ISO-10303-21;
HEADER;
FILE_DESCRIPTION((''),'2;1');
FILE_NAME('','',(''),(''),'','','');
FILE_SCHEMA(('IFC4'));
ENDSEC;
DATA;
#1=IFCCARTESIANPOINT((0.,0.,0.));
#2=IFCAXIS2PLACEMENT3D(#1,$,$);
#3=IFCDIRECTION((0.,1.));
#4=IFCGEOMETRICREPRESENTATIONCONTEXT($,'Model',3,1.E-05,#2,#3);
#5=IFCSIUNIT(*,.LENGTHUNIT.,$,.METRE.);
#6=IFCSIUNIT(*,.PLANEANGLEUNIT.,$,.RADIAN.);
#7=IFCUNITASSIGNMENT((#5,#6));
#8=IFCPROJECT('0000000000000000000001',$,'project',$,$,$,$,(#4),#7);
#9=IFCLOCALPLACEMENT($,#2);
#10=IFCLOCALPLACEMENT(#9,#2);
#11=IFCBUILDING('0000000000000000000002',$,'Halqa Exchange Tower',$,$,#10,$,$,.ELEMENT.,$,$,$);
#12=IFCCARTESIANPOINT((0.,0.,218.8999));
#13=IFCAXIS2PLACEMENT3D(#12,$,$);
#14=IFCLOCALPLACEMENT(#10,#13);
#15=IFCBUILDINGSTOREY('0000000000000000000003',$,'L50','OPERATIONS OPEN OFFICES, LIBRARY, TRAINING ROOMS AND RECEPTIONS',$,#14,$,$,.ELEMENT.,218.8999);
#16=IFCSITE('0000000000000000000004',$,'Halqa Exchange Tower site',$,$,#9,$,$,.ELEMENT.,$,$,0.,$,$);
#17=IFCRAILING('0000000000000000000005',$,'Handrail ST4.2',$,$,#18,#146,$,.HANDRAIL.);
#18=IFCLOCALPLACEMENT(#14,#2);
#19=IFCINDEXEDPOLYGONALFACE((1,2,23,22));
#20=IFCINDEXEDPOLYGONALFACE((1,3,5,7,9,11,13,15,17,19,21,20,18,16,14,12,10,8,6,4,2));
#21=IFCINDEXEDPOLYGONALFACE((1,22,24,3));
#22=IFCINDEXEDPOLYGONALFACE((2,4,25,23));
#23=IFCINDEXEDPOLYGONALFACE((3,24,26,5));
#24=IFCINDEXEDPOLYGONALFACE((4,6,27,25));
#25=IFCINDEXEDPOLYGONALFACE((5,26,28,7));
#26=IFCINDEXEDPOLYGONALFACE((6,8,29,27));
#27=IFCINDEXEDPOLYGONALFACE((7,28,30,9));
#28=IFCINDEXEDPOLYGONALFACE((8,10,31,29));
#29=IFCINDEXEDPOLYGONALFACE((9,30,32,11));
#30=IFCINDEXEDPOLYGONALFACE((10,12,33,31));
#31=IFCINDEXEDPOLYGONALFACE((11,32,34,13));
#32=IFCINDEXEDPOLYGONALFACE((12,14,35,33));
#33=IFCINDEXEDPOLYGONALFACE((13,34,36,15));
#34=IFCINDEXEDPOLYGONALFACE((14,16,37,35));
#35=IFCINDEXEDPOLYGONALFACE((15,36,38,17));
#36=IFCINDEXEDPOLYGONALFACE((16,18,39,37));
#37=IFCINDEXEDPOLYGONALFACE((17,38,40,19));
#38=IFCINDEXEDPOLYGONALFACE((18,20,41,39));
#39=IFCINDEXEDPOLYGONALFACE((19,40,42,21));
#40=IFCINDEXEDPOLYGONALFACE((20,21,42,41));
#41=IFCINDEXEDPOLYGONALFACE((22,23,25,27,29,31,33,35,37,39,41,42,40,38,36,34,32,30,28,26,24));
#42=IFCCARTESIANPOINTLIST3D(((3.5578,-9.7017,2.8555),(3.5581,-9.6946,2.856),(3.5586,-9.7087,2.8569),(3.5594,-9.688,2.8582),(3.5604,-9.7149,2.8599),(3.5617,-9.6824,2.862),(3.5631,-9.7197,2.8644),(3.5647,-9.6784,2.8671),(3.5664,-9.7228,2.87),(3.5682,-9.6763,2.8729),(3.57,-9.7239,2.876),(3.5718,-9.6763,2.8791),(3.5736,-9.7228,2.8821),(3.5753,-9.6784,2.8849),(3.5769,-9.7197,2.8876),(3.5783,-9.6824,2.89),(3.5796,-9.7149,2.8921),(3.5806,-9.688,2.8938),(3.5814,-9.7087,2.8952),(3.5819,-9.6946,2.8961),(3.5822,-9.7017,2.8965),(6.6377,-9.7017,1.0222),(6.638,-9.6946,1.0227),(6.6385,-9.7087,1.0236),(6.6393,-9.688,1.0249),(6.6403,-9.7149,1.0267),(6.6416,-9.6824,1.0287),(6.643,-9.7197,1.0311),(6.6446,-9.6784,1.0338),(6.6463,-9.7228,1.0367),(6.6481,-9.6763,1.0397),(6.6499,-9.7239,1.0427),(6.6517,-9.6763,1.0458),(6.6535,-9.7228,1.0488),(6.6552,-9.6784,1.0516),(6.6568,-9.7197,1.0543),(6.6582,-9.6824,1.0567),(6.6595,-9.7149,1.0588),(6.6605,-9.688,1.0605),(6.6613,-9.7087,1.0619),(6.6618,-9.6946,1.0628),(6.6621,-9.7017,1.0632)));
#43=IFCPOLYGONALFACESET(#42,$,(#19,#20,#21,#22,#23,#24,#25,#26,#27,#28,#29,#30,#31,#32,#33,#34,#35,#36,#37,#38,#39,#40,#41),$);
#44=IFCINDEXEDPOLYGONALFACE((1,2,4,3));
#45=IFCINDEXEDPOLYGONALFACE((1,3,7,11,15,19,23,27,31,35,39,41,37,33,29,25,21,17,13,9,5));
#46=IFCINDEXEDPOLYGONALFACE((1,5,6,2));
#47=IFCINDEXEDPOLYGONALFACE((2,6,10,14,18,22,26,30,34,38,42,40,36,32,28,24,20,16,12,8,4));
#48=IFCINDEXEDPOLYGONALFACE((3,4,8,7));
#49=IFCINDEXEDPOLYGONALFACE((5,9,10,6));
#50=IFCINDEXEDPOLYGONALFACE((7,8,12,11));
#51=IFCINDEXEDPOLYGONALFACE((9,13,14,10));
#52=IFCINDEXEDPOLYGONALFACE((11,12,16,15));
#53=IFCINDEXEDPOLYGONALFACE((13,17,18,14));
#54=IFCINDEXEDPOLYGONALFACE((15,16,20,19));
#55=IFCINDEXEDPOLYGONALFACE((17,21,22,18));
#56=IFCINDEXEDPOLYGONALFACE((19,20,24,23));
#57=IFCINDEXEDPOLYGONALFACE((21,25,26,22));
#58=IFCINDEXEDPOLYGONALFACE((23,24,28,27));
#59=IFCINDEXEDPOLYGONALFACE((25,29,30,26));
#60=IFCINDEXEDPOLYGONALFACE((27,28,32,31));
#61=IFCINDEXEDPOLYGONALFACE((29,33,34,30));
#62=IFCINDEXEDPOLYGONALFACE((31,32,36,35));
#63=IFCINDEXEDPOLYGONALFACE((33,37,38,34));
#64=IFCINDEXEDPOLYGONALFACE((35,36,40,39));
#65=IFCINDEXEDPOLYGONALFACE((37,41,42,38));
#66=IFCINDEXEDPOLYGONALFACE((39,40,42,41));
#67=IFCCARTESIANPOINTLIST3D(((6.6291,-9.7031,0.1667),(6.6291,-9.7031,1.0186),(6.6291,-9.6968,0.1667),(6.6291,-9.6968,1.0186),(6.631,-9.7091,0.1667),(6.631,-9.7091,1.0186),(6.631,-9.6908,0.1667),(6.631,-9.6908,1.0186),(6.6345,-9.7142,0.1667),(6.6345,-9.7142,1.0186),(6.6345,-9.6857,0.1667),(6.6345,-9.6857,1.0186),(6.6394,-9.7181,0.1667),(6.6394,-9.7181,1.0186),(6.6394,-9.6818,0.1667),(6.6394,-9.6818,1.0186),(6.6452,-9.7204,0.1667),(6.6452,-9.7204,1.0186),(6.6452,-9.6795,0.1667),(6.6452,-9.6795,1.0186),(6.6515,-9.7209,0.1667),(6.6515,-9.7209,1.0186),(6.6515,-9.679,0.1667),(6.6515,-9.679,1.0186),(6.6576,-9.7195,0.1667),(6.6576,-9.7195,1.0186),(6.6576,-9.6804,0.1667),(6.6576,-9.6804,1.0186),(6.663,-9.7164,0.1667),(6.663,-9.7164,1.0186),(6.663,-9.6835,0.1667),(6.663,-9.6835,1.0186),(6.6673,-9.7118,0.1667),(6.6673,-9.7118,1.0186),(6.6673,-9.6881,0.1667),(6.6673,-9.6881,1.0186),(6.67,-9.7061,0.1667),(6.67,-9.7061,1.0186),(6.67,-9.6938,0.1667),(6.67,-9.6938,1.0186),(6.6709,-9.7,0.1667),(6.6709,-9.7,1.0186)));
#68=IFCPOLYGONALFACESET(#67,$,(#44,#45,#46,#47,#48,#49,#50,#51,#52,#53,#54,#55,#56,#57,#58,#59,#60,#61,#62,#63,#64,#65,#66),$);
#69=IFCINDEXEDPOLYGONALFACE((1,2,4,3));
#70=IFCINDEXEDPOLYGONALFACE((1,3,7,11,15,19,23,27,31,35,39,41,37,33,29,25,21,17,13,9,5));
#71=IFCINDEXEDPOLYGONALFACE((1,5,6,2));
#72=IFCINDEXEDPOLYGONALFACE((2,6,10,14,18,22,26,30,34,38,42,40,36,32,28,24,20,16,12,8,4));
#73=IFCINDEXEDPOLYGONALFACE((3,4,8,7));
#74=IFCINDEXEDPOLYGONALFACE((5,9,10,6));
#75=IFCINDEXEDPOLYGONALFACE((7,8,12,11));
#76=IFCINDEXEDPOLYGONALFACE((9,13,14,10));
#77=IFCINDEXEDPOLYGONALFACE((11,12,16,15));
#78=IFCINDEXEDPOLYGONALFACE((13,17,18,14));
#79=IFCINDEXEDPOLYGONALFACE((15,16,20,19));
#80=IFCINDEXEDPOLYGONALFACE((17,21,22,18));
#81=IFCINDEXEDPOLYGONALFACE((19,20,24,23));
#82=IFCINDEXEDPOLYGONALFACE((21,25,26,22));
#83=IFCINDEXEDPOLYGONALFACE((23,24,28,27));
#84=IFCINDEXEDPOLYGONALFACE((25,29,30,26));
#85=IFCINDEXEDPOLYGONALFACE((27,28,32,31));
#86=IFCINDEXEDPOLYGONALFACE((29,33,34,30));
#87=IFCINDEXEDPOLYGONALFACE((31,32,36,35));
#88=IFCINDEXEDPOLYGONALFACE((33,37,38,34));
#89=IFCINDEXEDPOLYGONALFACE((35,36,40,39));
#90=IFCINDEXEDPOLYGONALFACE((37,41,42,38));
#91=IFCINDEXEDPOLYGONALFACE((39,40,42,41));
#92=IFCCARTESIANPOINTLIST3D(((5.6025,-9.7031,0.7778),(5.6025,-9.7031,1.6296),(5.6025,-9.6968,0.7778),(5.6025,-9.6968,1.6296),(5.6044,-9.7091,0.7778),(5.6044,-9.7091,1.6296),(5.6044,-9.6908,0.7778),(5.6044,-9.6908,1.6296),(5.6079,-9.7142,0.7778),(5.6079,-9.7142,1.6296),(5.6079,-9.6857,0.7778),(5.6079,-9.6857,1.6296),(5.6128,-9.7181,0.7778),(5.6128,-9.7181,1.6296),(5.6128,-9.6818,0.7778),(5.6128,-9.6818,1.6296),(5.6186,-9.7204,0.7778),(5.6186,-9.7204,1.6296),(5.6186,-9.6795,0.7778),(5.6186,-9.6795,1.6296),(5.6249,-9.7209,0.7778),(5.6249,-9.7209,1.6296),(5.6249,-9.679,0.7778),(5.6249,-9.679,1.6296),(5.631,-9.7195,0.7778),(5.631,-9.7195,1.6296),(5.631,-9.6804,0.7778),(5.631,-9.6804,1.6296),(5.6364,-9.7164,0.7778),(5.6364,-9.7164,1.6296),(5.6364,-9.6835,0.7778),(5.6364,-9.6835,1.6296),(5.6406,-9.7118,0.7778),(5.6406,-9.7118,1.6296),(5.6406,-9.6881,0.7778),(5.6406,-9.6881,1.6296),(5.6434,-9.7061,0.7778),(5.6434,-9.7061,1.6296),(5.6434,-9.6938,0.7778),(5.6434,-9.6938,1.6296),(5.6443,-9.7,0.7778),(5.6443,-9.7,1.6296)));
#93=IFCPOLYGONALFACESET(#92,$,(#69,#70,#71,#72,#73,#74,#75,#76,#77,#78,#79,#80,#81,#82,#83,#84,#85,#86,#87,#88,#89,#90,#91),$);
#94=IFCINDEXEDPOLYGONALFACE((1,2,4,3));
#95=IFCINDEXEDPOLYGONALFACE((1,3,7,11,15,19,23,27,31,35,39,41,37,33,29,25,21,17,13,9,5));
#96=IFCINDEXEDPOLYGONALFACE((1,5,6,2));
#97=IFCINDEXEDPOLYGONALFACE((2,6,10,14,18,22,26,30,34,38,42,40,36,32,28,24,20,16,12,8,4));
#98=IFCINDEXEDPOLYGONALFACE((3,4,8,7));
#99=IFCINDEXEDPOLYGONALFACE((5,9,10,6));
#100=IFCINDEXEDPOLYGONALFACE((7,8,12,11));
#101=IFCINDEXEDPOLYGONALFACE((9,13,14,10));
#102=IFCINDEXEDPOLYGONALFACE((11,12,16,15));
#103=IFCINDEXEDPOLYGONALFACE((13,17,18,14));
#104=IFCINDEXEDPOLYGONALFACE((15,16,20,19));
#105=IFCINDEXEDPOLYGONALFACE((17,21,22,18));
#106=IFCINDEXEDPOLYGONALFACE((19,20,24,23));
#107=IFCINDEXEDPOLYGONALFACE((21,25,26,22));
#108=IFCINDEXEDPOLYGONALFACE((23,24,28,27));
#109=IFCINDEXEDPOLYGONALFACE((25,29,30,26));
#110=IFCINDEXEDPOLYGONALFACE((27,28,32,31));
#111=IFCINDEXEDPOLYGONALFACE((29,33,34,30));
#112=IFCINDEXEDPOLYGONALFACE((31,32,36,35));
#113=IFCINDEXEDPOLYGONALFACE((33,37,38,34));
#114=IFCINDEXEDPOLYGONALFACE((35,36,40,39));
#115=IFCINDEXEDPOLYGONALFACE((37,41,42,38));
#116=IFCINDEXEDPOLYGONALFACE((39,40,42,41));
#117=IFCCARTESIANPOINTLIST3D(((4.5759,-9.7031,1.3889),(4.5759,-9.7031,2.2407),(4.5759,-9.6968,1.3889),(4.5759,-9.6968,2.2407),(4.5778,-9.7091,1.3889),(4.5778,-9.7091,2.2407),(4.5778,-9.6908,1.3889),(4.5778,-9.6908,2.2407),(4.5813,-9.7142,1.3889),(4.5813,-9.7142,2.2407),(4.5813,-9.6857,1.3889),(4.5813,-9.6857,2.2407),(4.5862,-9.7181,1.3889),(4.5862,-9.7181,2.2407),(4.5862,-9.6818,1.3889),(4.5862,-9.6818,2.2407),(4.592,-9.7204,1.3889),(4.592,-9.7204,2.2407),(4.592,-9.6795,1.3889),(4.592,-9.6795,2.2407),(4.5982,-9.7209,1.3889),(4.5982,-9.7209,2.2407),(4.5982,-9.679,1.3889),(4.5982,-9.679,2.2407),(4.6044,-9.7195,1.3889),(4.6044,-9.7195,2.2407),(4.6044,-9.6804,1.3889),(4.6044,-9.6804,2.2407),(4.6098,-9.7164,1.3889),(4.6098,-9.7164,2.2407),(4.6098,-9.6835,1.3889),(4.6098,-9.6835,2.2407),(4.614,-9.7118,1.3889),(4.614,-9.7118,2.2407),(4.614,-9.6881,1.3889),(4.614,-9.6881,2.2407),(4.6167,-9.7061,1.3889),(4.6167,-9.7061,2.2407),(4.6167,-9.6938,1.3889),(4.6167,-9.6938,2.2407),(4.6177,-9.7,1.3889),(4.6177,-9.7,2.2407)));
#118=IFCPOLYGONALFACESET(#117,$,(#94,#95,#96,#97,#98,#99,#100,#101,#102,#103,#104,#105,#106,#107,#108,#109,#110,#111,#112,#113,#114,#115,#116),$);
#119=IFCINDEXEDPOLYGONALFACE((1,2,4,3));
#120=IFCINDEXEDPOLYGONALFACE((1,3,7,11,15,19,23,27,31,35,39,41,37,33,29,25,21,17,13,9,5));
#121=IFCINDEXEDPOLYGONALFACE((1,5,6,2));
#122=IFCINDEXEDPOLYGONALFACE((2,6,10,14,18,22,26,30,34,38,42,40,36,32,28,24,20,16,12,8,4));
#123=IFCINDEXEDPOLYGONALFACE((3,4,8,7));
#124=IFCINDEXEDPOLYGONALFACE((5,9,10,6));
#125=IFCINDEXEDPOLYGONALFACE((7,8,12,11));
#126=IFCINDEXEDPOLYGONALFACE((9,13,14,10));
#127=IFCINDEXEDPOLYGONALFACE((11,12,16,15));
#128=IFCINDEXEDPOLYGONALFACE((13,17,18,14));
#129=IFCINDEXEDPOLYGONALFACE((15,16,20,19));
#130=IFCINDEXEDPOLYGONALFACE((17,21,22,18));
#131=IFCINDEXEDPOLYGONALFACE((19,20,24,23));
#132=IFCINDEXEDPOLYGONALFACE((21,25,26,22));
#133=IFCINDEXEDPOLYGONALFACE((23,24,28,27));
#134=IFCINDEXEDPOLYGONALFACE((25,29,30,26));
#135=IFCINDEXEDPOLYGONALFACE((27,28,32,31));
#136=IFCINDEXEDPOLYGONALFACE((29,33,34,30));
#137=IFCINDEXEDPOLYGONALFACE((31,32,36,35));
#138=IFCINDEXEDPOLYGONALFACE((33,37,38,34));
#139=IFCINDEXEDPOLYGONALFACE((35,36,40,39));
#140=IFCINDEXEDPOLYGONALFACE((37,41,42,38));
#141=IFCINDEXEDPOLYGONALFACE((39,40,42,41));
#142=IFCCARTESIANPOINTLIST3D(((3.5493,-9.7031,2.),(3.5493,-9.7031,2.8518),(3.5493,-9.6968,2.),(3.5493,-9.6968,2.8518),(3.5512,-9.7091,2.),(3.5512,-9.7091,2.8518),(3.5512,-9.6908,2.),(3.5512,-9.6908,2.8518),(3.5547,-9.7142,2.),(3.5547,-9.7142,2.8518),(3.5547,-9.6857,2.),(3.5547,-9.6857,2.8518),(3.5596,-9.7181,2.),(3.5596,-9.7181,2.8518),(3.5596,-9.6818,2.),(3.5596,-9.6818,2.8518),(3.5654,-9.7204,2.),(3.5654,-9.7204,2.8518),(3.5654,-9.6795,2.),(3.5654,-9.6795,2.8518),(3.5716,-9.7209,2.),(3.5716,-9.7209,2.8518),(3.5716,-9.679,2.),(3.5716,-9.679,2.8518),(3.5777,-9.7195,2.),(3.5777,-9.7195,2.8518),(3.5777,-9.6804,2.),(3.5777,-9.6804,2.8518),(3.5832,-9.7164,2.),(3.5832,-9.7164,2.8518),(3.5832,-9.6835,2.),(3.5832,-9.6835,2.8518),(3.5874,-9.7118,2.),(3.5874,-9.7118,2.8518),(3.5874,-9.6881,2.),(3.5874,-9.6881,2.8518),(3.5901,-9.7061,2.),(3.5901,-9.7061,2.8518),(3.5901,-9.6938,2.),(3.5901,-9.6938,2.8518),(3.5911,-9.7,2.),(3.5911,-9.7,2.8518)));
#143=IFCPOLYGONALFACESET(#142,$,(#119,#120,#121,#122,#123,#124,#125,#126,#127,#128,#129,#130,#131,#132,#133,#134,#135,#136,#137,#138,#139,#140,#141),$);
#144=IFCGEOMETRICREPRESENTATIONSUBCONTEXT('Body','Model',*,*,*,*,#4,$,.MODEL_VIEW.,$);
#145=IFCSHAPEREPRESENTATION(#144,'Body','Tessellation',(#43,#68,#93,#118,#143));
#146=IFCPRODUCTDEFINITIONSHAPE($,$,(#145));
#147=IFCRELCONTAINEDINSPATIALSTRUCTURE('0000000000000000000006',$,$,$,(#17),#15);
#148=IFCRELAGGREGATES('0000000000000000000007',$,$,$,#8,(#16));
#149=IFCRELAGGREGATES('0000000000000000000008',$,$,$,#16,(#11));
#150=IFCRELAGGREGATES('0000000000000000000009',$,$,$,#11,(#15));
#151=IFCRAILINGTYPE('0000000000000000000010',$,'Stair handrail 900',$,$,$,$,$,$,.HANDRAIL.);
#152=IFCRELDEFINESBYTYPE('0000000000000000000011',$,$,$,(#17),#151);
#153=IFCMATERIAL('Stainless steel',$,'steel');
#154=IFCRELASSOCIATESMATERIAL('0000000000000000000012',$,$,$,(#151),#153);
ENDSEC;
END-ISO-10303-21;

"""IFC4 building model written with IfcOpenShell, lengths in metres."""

from ifc_helpers import new_model, si_unit, direction, frame, origin, origin_2d, place, context, subcontext, project, spatial, circle, extrude, material, type_object, element, save


model = new_model("IFC4")

# Units and contexts
model_context = context("Model", 3, precision=1e-05, world=origin(), true_north=direction((0.0, 1.0)))
body_context = subcontext(model_context, "Body", "Model", "MODEL_VIEW")
ifc_project = project(units=[si_unit("LENGTHUNIT", "METRE"), si_unit("PLANEANGLEUNIT", "RADIAN")], contexts=[model_context])

# Site, building, storey
site_placement = place(None, origin())
site = spatial("IfcSite", under=ifc_project, at=site_placement, Name="Halqa Exchange Tower site", CompositionType="ELEMENT", RefElevation=0.0)
building_placement = place(site_placement, origin())
building = spatial("IfcBuilding", under=site, at=building_placement, Name="Halqa Exchange Tower", CompositionType="ELEMENT")
storey_placement = place(building_placement, frame((0.0, 0.0, 218.8999)))
storey = spatial("IfcBuildingStorey", under=building, at=storey_placement, Name="L50", Description="OPERATIONS OPEN OFFICES, LIBRARY, TRAINING ROOMS AND RECEPTIONS", CompositionType="ELEMENT", Elevation=218.8999)

# Railing
ifc_material_1 = material(Name="Stainless steel", Category="steel")
railing_type_1 = type_object("IfcRailingType", Name="Stair handrail 900", PredefinedType="HANDRAIL", material=ifc_material_1)
railing_1_placement = place(storey_placement, frame((6.6499, -9.7, 0.1667)))
element("IfcRailing", 1, at=railing_1_placement, inside=storey, type_object=railing_type_1, Name="Handrail ST4.2", PredefinedType="HANDRAIL", context=body_context, shape_type="SweptSolid", body=[
    extrude(circle(Radius=0.0239, at=origin_2d()), frame((0.0, 0.0, 0.876), z_axis=(-0.859291, 0.0, 0.511487), x_axis=(0.0, -1.0, 0.0)), (0.0, 0.0, 1.0), 3.5842),
    extrude(circle(Radius=0.021, at=origin_2d()), origin(), (0.0, 0.0, 1.0), 0.8518),
    extrude(circle(Radius=0.021, at=origin_2d()), frame((-1.0266, 0.0, 0.6111)), (0.0, 0.0, 1.0), 0.8518),
    extrude(circle(Radius=0.021, at=origin_2d()), frame((-2.0532, 0.0, 1.2222)), (0.0, 0.0, 1.0), 0.8518),
    extrude(circle(Radius=0.021, at=origin_2d()), frame((-3.0798, 0.0, 1.8333)), (0.0, 0.0, 1.0), 0.8518),
])

save(model, "model.ifc")
